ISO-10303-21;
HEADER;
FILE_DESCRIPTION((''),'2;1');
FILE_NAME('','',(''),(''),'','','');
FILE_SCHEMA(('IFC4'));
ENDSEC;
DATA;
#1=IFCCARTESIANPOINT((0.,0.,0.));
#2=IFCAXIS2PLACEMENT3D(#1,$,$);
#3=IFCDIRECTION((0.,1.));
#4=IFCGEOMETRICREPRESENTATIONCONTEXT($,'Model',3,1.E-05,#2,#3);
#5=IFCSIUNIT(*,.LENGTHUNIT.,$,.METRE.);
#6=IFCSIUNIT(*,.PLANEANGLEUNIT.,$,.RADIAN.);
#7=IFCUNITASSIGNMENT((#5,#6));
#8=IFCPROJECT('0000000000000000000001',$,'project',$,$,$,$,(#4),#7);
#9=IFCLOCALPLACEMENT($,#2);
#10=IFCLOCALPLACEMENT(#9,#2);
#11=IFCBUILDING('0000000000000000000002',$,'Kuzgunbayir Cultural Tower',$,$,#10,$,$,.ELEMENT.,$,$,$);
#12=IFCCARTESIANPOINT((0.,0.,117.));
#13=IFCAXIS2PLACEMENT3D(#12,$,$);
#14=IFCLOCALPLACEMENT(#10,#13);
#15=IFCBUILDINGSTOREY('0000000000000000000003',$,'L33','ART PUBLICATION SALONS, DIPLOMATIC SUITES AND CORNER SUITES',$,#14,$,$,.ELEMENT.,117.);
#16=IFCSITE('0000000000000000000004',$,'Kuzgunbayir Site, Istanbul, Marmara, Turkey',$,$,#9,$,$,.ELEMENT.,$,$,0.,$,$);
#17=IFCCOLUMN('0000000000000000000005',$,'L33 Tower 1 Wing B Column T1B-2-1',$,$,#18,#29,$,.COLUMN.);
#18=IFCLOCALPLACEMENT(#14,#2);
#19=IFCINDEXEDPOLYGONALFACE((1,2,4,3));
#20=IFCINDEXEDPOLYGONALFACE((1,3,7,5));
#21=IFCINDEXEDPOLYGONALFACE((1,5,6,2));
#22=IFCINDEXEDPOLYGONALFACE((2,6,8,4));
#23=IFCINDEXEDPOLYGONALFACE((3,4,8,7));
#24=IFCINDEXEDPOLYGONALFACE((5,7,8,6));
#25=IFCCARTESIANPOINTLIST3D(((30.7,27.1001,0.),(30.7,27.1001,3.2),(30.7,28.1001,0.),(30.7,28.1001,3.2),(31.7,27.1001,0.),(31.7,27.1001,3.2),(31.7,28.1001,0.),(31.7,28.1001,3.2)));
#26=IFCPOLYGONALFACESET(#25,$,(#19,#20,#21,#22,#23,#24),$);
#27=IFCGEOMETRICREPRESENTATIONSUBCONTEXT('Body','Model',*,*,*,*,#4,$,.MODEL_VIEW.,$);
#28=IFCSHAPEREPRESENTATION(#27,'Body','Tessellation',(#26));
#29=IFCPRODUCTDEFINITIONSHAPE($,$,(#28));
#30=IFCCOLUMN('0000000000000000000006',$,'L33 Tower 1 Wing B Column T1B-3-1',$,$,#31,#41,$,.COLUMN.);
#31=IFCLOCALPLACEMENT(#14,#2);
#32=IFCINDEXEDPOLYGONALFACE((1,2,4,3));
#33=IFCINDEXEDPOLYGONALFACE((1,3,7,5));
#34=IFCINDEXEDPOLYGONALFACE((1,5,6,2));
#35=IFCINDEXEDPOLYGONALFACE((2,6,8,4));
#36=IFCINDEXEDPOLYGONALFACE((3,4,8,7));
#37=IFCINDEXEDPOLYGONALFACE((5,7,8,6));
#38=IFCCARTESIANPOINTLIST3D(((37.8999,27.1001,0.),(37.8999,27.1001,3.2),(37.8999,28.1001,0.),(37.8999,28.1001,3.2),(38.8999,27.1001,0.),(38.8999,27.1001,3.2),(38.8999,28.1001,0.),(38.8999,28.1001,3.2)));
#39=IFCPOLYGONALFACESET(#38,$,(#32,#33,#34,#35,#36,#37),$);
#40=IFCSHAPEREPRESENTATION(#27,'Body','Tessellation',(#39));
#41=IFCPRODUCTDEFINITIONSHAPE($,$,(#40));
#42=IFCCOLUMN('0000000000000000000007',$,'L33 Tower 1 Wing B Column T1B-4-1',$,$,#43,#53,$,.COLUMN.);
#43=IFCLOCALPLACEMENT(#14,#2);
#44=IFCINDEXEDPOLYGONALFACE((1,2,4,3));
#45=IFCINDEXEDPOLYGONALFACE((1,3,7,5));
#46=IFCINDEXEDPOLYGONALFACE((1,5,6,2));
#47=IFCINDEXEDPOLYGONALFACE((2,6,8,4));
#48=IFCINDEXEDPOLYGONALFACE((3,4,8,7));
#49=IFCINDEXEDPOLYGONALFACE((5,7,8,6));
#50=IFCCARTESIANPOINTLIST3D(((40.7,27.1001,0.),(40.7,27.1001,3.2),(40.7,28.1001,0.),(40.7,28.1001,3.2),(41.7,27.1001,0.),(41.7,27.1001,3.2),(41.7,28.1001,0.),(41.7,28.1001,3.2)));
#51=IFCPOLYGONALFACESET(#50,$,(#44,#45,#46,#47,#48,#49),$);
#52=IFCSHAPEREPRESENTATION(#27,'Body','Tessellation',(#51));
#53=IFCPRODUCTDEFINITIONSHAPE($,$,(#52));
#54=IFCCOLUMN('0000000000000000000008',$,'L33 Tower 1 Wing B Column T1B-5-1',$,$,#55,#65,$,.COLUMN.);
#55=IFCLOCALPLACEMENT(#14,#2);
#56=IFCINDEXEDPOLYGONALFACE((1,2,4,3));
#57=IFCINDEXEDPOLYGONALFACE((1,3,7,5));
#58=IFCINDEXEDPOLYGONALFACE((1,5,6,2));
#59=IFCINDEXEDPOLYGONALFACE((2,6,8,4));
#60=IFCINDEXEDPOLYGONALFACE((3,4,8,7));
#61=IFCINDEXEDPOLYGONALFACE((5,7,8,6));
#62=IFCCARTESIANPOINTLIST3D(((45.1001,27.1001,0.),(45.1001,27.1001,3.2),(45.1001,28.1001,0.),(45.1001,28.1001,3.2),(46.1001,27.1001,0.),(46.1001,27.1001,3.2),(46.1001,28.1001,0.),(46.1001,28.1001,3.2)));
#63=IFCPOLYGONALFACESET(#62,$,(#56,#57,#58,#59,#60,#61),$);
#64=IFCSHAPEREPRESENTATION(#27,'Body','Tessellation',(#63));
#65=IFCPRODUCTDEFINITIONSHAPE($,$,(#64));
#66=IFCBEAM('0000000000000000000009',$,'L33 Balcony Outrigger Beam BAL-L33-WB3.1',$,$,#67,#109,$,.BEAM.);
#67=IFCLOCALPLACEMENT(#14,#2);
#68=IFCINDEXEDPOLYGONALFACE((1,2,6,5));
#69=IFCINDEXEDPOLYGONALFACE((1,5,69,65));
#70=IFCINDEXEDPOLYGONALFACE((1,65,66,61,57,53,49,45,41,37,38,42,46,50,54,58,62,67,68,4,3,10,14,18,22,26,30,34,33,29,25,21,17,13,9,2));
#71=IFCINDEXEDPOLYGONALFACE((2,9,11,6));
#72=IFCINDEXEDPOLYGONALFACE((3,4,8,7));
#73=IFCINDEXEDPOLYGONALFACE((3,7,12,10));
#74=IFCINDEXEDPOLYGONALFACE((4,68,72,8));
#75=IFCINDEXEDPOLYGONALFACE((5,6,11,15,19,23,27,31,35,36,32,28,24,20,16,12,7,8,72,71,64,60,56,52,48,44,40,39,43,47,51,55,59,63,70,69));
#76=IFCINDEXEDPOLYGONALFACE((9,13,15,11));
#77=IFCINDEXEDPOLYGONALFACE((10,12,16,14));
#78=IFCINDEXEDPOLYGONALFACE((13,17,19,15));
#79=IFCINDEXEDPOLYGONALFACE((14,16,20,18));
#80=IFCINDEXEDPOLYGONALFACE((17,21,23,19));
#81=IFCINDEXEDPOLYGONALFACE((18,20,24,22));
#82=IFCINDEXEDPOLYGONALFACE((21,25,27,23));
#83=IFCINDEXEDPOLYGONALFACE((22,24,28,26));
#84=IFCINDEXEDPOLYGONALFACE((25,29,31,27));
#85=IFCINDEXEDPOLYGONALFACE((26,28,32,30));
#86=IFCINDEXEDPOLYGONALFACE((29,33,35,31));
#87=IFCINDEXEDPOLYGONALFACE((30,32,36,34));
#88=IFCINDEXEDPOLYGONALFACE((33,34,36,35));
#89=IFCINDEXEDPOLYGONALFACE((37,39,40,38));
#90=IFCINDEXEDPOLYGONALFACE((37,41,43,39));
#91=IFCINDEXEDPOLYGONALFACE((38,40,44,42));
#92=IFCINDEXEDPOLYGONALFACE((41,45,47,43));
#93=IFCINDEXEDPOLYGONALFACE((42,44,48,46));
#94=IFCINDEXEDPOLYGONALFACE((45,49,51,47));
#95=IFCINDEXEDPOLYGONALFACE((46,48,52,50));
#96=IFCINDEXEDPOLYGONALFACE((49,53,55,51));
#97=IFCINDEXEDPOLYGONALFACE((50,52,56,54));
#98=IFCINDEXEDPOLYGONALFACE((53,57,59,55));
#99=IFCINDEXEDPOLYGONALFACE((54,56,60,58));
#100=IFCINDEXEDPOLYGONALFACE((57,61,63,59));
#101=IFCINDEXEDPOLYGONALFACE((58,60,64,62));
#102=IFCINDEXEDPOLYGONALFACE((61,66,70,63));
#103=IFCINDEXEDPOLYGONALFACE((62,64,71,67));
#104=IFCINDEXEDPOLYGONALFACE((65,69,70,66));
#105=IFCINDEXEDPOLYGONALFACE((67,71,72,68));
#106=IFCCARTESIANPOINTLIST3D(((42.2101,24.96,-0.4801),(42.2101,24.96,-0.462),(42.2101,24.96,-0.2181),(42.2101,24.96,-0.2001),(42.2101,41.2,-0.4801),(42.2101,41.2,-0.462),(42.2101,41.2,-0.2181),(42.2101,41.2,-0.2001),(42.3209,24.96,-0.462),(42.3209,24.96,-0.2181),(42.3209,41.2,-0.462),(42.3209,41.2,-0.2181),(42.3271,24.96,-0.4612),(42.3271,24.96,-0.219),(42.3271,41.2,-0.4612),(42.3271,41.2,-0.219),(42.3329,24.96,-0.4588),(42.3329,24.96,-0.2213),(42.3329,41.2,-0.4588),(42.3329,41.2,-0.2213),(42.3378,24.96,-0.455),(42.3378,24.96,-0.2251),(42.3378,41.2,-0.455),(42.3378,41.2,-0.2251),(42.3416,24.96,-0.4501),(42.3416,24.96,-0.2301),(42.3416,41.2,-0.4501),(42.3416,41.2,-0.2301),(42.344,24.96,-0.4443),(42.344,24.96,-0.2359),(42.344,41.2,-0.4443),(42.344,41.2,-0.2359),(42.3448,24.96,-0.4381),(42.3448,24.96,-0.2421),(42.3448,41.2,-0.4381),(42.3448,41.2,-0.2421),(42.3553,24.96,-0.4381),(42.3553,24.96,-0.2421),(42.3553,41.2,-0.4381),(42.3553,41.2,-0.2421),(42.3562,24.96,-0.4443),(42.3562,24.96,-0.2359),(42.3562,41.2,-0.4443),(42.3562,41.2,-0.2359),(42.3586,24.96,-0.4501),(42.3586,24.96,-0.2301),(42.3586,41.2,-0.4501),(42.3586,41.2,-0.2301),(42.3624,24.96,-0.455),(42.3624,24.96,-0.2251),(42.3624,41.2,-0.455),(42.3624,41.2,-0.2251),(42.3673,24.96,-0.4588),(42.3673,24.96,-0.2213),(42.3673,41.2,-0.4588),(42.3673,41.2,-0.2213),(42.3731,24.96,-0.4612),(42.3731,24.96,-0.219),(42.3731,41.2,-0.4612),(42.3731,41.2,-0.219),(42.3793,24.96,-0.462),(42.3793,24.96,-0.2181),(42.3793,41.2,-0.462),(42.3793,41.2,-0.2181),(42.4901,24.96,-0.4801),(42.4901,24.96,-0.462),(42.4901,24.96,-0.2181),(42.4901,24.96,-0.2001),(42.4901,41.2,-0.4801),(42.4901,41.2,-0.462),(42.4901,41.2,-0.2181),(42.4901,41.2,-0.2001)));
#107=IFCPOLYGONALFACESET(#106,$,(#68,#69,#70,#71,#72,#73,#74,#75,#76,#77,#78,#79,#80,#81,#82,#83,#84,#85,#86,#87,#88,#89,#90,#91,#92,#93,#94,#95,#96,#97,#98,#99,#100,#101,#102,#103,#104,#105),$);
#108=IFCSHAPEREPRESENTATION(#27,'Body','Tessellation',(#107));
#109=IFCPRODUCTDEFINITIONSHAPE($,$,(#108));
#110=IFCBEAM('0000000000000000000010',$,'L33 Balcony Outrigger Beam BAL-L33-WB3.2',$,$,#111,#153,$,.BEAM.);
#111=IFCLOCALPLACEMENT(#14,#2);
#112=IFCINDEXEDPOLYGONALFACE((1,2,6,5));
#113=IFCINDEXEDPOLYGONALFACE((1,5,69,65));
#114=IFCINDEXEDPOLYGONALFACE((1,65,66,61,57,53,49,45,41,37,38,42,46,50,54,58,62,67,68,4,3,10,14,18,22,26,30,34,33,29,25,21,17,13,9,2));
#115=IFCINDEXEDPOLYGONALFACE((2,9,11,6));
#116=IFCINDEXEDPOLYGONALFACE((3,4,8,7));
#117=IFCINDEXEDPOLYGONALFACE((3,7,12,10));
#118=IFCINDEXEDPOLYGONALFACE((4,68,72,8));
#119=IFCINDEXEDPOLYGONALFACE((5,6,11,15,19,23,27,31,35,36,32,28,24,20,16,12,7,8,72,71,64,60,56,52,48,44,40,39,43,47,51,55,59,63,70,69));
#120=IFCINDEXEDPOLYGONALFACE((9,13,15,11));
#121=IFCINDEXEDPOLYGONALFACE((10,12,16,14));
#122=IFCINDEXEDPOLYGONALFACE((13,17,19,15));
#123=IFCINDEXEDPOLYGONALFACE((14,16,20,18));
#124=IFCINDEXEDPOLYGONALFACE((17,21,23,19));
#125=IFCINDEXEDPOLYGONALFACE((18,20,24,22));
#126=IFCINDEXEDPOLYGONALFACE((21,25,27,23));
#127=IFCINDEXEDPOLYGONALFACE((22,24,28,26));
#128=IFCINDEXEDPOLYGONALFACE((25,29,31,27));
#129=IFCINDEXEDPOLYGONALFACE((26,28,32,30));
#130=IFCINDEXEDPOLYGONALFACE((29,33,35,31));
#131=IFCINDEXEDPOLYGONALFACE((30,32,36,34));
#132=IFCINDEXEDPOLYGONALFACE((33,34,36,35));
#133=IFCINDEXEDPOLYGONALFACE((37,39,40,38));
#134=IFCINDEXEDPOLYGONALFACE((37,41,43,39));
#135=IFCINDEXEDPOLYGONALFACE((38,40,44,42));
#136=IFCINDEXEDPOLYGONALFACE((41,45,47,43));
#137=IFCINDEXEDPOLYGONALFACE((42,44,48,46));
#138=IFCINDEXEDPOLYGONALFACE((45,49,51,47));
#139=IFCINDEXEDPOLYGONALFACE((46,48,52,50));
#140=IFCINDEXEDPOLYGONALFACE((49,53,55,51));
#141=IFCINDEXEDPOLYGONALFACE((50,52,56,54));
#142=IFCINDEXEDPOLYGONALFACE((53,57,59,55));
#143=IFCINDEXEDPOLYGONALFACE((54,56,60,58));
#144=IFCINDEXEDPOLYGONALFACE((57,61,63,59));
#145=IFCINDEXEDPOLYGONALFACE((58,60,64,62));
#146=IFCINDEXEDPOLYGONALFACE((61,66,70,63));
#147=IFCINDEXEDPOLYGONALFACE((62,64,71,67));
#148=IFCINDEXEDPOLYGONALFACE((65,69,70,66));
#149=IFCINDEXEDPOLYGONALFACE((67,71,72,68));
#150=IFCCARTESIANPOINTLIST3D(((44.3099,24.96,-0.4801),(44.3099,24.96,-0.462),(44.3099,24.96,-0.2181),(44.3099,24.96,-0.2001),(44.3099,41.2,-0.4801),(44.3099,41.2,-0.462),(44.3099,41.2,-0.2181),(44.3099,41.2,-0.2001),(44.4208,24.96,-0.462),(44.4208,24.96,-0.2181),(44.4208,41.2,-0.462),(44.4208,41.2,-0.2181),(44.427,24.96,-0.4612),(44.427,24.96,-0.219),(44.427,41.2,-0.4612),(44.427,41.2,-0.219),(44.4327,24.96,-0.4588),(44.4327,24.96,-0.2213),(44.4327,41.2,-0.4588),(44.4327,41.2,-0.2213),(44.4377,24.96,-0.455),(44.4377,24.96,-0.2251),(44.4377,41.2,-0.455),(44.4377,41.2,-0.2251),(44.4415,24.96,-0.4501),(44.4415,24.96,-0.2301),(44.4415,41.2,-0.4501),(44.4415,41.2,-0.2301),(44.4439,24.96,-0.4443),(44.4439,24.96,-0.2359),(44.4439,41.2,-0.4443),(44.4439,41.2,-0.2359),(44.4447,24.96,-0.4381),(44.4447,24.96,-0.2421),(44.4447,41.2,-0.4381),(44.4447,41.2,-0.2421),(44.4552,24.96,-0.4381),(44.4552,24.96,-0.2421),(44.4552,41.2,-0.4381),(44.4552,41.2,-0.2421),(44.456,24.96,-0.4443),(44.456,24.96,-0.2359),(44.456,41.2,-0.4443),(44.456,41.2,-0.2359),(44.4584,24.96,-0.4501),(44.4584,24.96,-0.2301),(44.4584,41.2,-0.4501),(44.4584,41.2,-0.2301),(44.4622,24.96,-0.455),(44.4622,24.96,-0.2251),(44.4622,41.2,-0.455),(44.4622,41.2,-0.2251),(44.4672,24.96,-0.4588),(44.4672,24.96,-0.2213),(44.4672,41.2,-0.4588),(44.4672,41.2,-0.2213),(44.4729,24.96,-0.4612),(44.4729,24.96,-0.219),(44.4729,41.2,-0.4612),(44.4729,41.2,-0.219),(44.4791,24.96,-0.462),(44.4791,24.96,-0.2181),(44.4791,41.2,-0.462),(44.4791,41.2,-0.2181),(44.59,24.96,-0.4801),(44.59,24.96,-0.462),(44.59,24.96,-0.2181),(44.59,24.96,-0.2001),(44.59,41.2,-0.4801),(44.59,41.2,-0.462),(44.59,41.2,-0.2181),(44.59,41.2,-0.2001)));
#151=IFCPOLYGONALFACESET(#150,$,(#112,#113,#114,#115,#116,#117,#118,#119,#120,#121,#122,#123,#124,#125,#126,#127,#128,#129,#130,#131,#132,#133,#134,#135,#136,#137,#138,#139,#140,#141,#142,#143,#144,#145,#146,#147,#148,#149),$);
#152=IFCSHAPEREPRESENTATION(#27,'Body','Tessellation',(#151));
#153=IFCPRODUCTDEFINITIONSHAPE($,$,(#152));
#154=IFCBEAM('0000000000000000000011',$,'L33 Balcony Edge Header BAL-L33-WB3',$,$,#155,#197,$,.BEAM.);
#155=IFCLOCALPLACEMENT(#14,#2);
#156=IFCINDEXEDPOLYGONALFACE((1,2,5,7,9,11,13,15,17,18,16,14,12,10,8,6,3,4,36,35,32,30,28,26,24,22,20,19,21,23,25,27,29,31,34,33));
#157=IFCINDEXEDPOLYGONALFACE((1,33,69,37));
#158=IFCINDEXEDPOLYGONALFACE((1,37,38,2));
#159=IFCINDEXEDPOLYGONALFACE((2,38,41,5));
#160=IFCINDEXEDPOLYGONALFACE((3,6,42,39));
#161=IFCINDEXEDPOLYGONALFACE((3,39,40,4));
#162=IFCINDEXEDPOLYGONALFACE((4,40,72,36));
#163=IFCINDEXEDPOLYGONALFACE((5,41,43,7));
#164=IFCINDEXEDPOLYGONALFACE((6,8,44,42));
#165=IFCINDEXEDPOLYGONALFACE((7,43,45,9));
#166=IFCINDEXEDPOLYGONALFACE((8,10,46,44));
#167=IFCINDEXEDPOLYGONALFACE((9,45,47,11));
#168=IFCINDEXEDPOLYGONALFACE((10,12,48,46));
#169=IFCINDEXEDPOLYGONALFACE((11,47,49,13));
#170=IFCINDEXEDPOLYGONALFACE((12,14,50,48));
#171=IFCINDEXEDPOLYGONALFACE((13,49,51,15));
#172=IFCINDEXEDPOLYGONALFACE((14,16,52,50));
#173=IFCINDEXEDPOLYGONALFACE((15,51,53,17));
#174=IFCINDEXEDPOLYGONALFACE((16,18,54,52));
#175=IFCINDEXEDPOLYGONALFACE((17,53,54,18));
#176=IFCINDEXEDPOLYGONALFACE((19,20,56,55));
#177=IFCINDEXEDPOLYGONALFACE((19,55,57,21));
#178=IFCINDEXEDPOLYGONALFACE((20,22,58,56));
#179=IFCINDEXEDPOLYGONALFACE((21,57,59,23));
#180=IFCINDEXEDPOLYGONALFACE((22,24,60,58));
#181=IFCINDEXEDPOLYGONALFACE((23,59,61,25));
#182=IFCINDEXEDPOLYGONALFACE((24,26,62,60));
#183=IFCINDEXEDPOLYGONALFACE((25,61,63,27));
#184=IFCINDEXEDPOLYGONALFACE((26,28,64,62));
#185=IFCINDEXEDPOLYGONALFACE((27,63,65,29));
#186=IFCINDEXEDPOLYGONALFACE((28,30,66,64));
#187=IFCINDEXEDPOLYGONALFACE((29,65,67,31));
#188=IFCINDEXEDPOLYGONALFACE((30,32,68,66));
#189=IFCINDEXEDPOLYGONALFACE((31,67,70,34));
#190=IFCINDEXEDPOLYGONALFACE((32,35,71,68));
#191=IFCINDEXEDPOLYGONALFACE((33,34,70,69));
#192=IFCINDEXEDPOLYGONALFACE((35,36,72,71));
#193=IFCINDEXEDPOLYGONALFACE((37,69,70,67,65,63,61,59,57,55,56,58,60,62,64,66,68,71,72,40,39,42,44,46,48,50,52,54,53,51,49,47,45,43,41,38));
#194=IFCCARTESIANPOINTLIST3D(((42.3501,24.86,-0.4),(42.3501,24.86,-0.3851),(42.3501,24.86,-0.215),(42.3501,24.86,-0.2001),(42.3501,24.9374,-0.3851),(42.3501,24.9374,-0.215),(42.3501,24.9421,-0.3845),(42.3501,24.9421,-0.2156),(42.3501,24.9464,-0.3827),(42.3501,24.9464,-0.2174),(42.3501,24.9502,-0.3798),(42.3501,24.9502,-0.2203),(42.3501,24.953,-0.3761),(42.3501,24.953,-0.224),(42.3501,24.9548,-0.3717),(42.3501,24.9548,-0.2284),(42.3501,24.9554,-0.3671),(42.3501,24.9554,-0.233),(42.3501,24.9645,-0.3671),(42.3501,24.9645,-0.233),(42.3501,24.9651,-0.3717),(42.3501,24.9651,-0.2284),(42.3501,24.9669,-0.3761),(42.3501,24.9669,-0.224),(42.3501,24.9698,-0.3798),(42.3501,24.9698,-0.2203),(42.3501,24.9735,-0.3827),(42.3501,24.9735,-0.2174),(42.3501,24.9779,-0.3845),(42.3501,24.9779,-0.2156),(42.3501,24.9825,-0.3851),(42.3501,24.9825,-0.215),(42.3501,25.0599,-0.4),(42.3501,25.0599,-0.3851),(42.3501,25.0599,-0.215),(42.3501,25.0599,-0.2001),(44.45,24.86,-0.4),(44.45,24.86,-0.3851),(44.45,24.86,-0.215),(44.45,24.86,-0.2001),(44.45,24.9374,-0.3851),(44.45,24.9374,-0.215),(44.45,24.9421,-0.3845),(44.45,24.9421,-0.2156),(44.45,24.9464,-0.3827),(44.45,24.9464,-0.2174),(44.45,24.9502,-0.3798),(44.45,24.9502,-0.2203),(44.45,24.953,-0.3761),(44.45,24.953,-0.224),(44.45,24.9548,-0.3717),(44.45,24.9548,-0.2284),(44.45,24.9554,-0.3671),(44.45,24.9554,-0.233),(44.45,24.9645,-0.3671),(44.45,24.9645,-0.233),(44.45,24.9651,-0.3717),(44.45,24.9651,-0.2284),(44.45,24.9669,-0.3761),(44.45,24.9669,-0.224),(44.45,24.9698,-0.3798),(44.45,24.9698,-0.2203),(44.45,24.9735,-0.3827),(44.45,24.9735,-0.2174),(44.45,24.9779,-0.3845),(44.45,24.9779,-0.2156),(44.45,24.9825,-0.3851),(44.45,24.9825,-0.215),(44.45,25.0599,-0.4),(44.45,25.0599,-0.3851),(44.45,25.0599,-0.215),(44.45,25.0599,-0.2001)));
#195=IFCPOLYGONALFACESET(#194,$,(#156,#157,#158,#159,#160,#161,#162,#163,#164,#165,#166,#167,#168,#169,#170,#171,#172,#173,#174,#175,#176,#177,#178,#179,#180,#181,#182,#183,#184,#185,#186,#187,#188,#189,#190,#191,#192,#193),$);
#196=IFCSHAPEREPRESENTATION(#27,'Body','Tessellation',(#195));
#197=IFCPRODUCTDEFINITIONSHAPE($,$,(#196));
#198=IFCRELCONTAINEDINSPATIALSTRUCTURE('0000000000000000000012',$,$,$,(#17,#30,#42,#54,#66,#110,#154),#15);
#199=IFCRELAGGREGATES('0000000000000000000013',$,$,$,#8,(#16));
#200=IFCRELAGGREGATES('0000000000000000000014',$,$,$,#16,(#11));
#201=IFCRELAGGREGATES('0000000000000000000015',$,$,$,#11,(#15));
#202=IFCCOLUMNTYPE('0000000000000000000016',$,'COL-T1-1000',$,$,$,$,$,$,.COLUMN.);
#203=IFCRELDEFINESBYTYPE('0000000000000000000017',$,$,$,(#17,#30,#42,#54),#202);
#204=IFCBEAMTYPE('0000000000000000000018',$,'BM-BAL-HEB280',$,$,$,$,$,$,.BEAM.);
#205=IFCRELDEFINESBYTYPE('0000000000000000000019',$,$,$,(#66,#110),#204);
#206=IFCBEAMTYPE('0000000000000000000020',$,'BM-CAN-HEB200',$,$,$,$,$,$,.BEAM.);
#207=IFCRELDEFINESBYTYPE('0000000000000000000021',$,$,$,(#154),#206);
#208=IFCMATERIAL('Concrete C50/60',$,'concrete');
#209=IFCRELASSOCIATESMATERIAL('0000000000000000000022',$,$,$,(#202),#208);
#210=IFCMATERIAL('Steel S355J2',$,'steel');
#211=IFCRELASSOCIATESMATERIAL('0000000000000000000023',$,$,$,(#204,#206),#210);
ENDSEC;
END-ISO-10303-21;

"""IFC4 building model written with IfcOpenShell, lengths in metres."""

from ifc_helpers import new_model, si_unit, direction, frame, origin, origin_2d, place, context, subcontext, project, spatial, rectangle, i_section, extrude, material, material_profile, profile_set, type_object, element, save


model = new_model("IFC4")

# Units and contexts
model_context = context("Model", 3, precision=1e-05, world=origin(), true_north=direction((0.0, 1.0)))
body_context = subcontext(model_context, "Body", "Model", "MODEL_VIEW")
ifc_project = project(units=[si_unit("LENGTHUNIT", "METRE"), si_unit("PLANEANGLEUNIT", "RADIAN")], contexts=[model_context])

# Site, building, storey
site_placement = place(None, origin())
site = spatial("IfcSite", under=ifc_project, at=site_placement, Name="Kuzgunbayir Site, Istanbul, Marmara, Turkey", CompositionType="ELEMENT", RefElevation=0.0)
building_placement = place(site_placement, origin())
building = spatial("IfcBuilding", under=site, at=building_placement, Name="Kuzgunbayir Cultural Tower", CompositionType="ELEMENT")
storey_placement = place(building_placement, frame((0.0, 0.0, 117.0)))
storey = spatial("IfcBuildingStorey", under=building, at=storey_placement, Name="L33", Description="ART PUBLICATION SALONS, DIPLOMATIC SUITES AND CORNER SUITES", CompositionType="ELEMENT", Elevation=117.0)

# Columns
ifc_material_1 = material(Name="Concrete C50/60", Category="concrete")
ifc_material_profile_1 = material_profile(ifc_material_1, rectangle(XDim=1.0, YDim=1.0, at=origin_2d()), Name="RC 1000x1000")
ifc_profile_set_1 = profile_set([ifc_material_profile_1], Name="Concrete C50/60")
column_type = type_object("IfcColumnType", Name="COL-T1-1000", PredefinedType="COLUMN", material=ifc_profile_set_1)
for number, where, z_axis, x_axis, name in (
    (1, (31.2, 27.6001, 0.0), (0.0, 0.0, 1.0), (1.0, 0.0, 0.0), "L33 Tower 1 Wing B Column T1B-2-1"),
    (2, (38.3999, 27.6001, 0.0), (0.0, 0.0, 1.0), (1.0, 0.0, 0.0), "L33 Tower 1 Wing B Column T1B-3-1"),
    (3, (41.2, 27.6001, 0.0), (0.0, 0.0, 1.0), (1.0, 0.0, 0.0), "L33 Tower 1 Wing B Column T1B-4-1"),
    (4, (45.6001, 27.6001, 0.0), (0.0, 0.0, 1.0), (1.0, 0.0, 0.0), "L33 Tower 1 Wing B Column T1B-5-1"),
):
    element("IfcColumn", number, at=place(storey_placement, frame(where, z_axis=z_axis, x_axis=x_axis)), inside=storey, type_object=column_type, Name=name, PredefinedType="COLUMN", context=body_context, shape_type="SweptSolid", body=[
        extrude(rectangle(XDim=1.0, YDim=1.0, at=origin_2d()), origin(), (0.0, 0.0, 1.0), 3.2),
    ])

# Beams
ifc_material_2 = material(Name="Steel S355J2", Category="steel")
ifc_material_profile_2 = material_profile(ifc_material_2, i_section(OverallWidth=0.28, OverallDepth=0.28, WebThickness=0.0105, FlangeThickness=0.0181, FilletRadius=0.0239, at=origin_2d()), Name="HEB 280")
ifc_profile_set_2 = profile_set([ifc_material_profile_2], Name="Steel S355J2")
beam_type_1 = type_object("IfcBeamType", Name="BM-BAL-HEB280", PredefinedType="BEAM", material=ifc_profile_set_2)
for number, where, z_axis, x_axis, name in (
    (5, (42.3501, 24.96, -0.3401), (0.0, 1.0, 0.0), (-1.0, 0.0, 0.0), "L33 Balcony Outrigger Beam BAL-L33-WB3.1"),
    (6, (44.45, 24.96, -0.3401), (0.0, 1.0, 0.0), (-1.0, 0.0, 0.0), "L33 Balcony Outrigger Beam BAL-L33-WB3.2"),
):
    element("IfcBeam", number, at=place(storey_placement, frame(where, z_axis=z_axis, x_axis=x_axis)), inside=storey, type_object=beam_type_1, Name=name, PredefinedType="BEAM", context=body_context, shape_type="SweptSolid", body=[
        extrude(i_section(OverallWidth=0.28, OverallDepth=0.28, WebThickness=0.0105, FlangeThickness=0.0181, FilletRadius=0.0239, at=origin_2d()), origin(), (0.0, 0.0, 1.0), 16.24),
    ])
ifc_material_profile_3 = material_profile(ifc_material_2, i_section(OverallWidth=0.2, OverallDepth=0.2, WebThickness=0.009, FlangeThickness=0.0149, FilletRadius=0.0181, at=origin_2d()), Name="HEB 200")
ifc_profile_set_3 = profile_set([ifc_material_profile_3], Name="Steel S355J2")
beam_type_2 = type_object("IfcBeamType", Name="BM-CAN-HEB200", PredefinedType="BEAM", material=ifc_profile_set_3)
beam_1_placement = place(storey_placement, frame((42.3501, 24.96, -0.3), z_axis=(1.0, 0.0, 0.0), x_axis=(0.0, 1.0, 0.0)))
element("IfcBeam", 7, at=beam_1_placement, inside=storey, type_object=beam_type_2, Name="L33 Balcony Edge Header BAL-L33-WB3", PredefinedType="BEAM", context=body_context, shape_type="SweptSolid", body=[
    extrude(i_section(OverallWidth=0.2, OverallDepth=0.2, WebThickness=0.009, FlangeThickness=0.0149, FilletRadius=0.0181, at=origin_2d()), origin(), (0.0, 0.0, 1.0), 2.0999),
])

save(model, "model.ifc")
